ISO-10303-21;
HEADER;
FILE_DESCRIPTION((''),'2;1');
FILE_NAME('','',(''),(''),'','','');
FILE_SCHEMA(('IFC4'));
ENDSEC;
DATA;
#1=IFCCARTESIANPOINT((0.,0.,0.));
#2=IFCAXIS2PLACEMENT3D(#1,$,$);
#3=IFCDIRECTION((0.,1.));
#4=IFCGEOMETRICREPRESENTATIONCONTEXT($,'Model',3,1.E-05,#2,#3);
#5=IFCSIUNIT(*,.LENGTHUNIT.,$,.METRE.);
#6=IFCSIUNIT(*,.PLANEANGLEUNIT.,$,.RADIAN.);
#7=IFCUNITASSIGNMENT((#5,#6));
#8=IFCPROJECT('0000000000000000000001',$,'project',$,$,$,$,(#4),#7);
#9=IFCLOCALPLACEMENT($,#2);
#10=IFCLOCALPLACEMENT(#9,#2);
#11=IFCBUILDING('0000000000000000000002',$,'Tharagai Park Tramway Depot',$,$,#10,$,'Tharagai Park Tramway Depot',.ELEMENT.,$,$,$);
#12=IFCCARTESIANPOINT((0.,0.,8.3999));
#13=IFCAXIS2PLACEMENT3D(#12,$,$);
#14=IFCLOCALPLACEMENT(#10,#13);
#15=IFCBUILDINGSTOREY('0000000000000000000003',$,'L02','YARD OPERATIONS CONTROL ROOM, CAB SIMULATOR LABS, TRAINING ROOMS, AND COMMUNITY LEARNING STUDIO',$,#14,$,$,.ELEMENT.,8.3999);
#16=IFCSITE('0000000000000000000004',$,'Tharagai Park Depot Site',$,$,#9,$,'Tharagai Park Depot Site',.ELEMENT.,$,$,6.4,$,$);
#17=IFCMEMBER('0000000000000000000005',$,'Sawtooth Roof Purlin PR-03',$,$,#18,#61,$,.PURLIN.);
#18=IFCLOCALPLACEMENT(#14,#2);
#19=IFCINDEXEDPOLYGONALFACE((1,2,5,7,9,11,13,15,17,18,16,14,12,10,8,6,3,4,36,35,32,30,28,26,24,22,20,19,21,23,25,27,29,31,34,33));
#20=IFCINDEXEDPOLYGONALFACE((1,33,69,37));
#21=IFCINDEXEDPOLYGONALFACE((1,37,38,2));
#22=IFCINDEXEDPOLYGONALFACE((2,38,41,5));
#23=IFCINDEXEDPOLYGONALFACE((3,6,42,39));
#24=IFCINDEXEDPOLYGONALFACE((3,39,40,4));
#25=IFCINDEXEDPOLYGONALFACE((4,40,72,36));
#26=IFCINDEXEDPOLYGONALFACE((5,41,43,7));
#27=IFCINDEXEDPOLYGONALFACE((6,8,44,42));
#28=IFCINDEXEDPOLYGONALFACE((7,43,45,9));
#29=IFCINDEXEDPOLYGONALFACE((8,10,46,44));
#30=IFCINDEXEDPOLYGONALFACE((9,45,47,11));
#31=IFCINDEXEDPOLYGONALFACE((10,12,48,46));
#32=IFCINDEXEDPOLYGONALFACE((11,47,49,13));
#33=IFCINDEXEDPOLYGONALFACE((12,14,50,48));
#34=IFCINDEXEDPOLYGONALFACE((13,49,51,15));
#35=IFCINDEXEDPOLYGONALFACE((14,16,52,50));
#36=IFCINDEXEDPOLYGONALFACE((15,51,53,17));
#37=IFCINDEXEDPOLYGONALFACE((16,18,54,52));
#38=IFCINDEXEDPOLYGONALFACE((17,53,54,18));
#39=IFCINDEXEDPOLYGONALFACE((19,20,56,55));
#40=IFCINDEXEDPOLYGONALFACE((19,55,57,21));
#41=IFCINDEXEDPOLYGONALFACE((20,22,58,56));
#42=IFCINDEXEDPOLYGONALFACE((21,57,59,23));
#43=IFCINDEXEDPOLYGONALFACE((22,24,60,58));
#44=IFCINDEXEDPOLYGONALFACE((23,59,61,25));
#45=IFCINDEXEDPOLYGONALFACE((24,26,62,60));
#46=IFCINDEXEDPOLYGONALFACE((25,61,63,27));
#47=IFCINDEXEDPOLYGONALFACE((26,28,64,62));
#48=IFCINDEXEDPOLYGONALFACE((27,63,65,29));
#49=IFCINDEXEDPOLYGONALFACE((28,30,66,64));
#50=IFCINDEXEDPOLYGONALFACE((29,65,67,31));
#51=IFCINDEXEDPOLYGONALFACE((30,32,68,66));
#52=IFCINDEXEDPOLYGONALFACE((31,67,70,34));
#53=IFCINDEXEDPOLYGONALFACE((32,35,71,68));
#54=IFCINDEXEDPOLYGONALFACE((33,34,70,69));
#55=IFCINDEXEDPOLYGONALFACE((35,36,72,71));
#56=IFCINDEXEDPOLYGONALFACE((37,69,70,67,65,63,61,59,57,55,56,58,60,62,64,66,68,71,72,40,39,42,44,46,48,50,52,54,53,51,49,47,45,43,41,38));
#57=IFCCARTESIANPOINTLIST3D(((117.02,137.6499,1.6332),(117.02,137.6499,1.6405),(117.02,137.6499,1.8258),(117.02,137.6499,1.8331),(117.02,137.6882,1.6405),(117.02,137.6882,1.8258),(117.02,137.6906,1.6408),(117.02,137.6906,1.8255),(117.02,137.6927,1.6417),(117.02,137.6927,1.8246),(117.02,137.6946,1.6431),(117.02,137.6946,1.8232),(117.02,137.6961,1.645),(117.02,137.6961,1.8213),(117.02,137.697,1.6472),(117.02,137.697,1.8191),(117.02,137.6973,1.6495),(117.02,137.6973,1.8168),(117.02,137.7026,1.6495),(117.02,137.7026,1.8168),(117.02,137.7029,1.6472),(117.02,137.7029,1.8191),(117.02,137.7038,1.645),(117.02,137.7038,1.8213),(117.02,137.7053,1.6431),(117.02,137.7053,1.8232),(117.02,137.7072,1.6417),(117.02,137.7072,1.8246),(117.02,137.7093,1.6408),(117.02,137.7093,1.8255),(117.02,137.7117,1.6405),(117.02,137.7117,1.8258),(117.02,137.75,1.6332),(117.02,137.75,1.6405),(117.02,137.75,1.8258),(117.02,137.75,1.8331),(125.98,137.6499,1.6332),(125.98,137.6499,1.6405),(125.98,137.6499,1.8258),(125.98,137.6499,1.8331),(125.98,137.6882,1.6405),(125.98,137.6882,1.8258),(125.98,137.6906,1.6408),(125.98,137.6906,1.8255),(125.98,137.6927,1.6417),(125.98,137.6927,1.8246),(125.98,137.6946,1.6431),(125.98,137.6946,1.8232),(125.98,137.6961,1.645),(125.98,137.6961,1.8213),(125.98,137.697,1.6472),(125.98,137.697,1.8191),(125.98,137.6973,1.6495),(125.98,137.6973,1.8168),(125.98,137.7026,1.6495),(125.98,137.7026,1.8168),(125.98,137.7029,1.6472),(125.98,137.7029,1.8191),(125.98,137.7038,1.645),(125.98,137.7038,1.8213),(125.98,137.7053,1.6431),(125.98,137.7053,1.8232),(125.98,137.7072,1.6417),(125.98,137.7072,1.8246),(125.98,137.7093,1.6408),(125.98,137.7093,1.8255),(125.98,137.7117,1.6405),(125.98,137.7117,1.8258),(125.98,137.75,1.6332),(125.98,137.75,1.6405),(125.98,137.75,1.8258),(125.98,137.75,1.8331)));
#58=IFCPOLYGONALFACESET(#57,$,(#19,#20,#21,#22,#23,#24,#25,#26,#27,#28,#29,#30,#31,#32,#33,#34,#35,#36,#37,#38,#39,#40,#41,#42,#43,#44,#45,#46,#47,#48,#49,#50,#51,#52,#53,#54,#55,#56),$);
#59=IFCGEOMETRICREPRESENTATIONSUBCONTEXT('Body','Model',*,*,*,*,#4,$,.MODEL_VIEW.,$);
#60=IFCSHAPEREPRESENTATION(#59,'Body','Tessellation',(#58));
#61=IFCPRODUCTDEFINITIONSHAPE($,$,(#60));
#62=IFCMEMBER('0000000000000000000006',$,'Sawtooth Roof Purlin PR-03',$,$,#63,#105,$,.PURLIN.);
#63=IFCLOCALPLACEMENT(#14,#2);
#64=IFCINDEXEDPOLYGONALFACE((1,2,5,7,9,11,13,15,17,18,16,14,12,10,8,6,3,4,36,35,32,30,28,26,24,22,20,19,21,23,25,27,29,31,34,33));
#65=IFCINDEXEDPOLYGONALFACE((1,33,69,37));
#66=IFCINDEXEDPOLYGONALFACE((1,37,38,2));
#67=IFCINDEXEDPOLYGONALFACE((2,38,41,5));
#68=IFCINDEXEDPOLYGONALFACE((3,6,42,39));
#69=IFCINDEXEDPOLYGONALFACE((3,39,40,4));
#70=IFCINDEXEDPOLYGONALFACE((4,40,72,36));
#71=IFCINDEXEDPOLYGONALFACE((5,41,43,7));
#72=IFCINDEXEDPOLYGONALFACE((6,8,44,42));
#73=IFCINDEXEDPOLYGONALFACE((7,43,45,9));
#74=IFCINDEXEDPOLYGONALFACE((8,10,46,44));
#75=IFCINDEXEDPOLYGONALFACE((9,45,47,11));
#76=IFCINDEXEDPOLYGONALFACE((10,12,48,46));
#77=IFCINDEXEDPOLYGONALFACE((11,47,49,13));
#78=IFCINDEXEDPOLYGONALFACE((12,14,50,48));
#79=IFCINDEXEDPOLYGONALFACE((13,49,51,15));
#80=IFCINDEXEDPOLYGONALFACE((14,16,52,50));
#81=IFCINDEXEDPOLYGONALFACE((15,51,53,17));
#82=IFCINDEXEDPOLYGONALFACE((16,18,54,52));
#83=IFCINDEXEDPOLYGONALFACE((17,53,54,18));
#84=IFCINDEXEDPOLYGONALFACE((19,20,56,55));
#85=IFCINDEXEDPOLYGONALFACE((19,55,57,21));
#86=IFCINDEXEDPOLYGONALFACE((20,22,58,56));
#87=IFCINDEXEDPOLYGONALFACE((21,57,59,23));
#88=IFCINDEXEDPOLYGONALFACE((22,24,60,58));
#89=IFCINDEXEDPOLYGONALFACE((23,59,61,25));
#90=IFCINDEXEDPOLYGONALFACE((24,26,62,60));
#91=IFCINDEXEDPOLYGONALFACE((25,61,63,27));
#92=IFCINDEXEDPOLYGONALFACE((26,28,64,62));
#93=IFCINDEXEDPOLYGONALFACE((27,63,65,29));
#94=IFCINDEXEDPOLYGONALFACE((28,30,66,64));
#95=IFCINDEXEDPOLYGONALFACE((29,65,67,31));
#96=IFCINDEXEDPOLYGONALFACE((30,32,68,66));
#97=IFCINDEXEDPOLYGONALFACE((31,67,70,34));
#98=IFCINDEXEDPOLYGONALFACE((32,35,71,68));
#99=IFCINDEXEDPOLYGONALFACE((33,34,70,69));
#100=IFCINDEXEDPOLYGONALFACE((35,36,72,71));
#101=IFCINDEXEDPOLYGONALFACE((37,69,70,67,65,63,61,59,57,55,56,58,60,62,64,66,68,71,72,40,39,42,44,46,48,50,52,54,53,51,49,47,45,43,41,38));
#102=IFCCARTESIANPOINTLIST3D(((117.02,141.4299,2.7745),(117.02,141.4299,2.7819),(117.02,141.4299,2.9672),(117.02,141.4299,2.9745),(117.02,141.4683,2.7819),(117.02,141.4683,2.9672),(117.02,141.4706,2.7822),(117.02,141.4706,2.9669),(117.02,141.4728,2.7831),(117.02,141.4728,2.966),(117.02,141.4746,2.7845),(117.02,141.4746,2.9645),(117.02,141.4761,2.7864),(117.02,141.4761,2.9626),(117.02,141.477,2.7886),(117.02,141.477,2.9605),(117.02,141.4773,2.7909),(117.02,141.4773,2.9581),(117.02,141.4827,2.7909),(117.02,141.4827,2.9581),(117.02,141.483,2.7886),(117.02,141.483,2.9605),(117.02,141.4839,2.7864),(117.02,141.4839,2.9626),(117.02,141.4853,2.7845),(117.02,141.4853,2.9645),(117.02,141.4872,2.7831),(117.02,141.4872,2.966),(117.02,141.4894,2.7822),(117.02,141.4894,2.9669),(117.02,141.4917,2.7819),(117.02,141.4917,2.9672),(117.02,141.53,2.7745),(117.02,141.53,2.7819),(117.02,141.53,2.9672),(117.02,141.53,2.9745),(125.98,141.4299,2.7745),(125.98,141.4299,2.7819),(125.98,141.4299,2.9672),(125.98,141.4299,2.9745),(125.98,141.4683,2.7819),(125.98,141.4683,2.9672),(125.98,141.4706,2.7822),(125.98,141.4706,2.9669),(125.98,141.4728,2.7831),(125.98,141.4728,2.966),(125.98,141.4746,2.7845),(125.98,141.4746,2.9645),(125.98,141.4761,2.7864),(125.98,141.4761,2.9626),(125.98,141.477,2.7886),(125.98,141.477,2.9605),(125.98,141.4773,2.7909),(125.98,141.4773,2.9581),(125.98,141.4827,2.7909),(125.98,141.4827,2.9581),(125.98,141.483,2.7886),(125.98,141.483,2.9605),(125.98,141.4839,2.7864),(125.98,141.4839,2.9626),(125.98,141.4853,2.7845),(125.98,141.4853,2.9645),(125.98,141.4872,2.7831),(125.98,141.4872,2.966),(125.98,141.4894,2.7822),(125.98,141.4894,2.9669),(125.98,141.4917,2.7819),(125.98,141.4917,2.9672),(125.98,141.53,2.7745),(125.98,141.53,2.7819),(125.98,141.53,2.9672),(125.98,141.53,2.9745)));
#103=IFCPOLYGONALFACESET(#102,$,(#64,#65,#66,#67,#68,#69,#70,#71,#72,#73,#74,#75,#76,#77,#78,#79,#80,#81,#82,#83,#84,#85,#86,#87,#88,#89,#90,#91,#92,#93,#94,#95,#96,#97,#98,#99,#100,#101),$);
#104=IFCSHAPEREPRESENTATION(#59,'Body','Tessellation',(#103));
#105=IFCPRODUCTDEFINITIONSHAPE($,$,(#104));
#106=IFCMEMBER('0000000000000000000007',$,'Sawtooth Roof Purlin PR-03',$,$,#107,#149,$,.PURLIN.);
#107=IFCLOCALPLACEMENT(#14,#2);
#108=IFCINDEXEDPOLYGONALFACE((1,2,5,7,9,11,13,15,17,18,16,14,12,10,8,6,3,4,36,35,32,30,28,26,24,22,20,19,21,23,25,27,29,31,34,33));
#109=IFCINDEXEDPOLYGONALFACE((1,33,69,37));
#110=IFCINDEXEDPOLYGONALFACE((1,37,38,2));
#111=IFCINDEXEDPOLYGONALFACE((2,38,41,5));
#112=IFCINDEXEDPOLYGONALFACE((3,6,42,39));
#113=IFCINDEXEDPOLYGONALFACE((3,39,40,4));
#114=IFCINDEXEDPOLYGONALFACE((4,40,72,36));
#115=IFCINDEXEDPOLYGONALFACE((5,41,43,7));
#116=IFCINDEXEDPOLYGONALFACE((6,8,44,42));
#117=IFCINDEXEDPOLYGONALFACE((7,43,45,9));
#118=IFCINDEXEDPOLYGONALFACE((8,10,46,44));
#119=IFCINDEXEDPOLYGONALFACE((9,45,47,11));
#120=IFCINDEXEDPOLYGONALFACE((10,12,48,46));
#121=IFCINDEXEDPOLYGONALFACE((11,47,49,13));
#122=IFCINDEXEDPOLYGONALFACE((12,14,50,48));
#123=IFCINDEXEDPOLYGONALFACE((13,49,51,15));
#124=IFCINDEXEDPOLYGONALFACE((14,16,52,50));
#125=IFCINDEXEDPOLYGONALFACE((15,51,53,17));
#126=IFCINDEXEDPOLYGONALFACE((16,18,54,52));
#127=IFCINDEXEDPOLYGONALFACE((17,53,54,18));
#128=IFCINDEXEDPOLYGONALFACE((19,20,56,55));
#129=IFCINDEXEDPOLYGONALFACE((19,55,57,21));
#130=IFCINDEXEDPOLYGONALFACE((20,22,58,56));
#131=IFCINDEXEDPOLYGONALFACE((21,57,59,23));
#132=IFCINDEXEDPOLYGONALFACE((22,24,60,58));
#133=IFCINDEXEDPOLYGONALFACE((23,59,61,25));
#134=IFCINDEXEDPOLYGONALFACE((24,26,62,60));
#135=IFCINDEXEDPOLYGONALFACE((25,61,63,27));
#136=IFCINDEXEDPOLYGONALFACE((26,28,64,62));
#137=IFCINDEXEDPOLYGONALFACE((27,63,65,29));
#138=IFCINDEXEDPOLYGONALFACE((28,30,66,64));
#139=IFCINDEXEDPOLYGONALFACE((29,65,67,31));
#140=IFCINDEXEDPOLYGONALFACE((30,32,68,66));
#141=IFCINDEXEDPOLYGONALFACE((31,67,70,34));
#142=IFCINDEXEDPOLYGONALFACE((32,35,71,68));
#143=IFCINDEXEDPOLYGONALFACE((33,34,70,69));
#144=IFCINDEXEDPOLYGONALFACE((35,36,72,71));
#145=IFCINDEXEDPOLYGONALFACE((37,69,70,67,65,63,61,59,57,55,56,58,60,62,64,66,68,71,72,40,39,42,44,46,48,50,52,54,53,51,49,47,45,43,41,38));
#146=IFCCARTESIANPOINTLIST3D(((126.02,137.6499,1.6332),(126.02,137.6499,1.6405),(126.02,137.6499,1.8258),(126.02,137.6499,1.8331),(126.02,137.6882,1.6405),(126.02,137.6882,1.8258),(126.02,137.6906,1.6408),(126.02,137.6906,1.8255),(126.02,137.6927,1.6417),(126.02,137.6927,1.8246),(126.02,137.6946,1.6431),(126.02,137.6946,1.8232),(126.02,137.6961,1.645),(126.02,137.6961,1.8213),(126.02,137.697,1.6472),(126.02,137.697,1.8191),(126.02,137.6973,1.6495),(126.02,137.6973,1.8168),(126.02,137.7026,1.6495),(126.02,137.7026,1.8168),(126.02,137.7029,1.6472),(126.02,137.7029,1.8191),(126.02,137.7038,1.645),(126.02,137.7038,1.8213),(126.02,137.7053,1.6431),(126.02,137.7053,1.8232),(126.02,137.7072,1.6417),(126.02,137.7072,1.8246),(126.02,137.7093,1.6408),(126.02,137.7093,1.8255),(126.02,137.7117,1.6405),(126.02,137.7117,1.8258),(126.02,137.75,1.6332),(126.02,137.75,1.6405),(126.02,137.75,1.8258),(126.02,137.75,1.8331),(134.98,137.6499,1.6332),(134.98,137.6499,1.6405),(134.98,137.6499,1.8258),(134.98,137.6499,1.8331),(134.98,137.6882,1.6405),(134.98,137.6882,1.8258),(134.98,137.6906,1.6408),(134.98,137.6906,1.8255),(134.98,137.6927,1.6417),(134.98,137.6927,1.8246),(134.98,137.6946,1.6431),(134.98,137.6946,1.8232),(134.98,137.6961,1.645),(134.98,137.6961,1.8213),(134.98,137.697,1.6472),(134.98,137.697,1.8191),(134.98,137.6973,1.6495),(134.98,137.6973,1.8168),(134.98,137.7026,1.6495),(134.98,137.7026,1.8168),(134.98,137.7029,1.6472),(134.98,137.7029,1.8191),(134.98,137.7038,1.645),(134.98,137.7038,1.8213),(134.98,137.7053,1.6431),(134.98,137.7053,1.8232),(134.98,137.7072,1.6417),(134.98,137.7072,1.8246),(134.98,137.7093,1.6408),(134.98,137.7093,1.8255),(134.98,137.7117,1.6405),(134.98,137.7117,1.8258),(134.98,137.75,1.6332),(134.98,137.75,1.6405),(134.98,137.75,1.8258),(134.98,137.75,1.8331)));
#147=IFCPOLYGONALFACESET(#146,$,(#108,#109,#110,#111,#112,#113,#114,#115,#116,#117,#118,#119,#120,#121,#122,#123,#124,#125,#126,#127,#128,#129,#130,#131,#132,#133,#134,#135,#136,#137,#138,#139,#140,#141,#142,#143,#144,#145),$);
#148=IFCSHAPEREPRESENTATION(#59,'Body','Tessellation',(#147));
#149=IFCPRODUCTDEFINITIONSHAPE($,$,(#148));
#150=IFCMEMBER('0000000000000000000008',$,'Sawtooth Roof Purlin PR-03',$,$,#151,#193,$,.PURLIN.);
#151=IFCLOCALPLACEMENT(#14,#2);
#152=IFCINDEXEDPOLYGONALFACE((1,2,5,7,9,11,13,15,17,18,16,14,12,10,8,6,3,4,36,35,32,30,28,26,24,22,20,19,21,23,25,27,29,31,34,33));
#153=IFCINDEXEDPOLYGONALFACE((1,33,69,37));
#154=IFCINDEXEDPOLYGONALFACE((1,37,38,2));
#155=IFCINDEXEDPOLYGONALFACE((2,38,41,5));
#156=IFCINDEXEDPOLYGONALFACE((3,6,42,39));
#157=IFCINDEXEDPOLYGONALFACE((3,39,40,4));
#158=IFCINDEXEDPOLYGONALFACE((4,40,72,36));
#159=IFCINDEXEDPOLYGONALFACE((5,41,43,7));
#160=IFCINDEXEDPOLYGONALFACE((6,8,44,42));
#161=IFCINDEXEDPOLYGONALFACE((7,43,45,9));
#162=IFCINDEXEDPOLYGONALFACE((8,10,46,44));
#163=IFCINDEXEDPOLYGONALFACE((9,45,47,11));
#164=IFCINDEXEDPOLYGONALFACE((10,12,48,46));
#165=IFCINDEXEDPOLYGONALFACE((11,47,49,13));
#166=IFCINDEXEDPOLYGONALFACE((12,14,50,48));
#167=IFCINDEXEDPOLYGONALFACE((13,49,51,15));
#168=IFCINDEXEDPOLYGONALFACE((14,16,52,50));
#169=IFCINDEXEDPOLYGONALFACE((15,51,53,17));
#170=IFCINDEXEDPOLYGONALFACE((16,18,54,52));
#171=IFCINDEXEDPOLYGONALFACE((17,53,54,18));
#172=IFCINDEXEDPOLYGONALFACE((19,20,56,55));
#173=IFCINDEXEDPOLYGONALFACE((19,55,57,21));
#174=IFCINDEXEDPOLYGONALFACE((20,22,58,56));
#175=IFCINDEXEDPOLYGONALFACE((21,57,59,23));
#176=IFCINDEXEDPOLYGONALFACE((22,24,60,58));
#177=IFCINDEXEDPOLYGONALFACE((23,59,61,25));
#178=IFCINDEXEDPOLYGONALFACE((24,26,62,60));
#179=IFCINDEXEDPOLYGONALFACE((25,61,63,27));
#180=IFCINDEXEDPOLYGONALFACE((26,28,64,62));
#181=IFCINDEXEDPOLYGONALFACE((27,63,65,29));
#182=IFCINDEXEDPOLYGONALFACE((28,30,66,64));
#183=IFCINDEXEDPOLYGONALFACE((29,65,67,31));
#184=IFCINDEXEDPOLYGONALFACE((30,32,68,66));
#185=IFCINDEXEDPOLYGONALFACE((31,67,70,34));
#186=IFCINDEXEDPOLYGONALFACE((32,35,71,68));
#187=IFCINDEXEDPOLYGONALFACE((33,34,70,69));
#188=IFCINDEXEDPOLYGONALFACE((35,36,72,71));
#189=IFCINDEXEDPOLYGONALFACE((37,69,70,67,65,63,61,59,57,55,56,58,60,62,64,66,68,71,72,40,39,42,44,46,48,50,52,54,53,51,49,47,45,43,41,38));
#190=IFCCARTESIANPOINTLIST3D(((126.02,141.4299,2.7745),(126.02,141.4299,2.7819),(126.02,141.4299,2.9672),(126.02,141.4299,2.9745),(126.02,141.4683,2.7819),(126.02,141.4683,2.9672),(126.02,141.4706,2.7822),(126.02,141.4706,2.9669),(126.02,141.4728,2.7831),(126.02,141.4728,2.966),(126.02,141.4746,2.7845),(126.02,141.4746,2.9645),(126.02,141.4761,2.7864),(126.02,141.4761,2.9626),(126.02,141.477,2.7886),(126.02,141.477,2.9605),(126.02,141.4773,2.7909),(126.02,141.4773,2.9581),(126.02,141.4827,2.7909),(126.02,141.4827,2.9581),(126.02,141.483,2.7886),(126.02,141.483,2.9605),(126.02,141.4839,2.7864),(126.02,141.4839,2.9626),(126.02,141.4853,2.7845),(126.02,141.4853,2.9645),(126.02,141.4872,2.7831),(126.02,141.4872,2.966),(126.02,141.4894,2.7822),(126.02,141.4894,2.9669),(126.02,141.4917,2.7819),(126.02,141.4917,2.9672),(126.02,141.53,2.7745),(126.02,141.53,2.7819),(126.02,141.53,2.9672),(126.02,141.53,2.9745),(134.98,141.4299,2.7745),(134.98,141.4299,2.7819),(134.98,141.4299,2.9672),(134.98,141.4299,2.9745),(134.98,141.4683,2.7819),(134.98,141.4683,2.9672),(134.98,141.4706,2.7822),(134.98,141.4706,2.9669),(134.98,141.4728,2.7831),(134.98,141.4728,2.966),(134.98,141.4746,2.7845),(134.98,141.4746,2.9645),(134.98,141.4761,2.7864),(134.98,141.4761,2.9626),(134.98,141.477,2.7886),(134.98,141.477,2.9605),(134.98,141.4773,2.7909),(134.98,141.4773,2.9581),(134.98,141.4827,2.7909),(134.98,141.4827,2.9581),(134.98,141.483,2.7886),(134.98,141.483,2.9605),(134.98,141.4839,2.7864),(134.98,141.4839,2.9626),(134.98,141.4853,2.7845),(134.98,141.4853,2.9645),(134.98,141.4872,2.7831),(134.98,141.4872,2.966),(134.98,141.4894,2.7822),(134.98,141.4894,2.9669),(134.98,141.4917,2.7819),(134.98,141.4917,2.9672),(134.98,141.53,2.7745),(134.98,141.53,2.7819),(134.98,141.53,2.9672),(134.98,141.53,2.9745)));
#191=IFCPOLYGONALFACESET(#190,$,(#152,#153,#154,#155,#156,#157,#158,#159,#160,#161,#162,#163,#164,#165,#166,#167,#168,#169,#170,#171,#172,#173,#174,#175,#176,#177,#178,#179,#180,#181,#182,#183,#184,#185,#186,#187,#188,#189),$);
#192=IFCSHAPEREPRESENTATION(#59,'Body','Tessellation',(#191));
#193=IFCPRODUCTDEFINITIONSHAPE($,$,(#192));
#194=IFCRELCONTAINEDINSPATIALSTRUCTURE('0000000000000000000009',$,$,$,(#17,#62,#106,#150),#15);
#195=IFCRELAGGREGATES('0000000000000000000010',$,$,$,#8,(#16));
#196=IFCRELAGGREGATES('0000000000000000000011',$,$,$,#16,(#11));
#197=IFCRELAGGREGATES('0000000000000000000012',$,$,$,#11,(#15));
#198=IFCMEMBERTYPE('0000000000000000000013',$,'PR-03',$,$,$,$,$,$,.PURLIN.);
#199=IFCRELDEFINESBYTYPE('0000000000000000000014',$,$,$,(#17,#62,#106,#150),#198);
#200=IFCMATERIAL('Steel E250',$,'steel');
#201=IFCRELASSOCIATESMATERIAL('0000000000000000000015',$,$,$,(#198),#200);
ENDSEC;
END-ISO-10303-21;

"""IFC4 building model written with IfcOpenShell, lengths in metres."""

from ifc_helpers import new_model, si_unit, direction, frame, origin, origin_2d, place, context, subcontext, project, spatial, i_section, extrude, material, material_profile, profile_set, type_object, element, save


model = new_model("IFC4")

# Units and contexts
model_context = context("Model", 3, precision=1e-05, world=origin(), true_north=direction((0.0, 1.0)))
body_context = subcontext(model_context, "Body", "Model", "MODEL_VIEW")
ifc_project = project(units=[si_unit("LENGTHUNIT", "METRE"), si_unit("PLANEANGLEUNIT", "RADIAN")], contexts=[model_context])

# Site, building, storey
site_placement = place(None, origin())
site = spatial("IfcSite", under=ifc_project, at=site_placement, Name="Tharagai Park Depot Site", LongName="Tharagai Park Depot Site", CompositionType="ELEMENT", RefElevation=6.4)
building_placement = place(site_placement, origin())
building = spatial("IfcBuilding", under=site, at=building_placement, Name="Tharagai Park Tramway Depot", LongName="Tharagai Park Tramway Depot", CompositionType="ELEMENT")
storey_placement = place(building_placement, frame((0.0, 0.0, 8.3999)))
storey = spatial("IfcBuildingStorey", under=building, at=storey_placement, Name="L02", Description="YARD OPERATIONS CONTROL ROOM, CAB SIMULATOR LABS, TRAINING ROOMS, AND COMMUNITY LEARNING STUDIO", CompositionType="ELEMENT", Elevation=8.3999)

# Members
ifc_material_1 = material(Name="Steel E250", Category="steel")
ifc_material_profile_1 = material_profile(ifc_material_1, i_section(OverallWidth=0.1001, OverallDepth=0.2, WebThickness=0.0054, FlangeThickness=0.0073, FilletRadius=0.009, at=origin_2d()), Name="ISLB 200")
ifc_profile_set_1 = profile_set([ifc_material_profile_1], Name="Steel E250")
member_type_1 = type_object("IfcMemberType", Name="PR-03", PredefinedType="PURLIN", material=ifc_profile_set_1)
for number, where, z_axis, x_axis, name in (
    (1, (117.02, 137.7, 1.7332), (1.0, 0.0, 0.0), (0.0, 1.0, 0.0), "Sawtooth Roof Purlin PR-03"),
    (2, (117.02, 141.48, 2.8745), (1.0, 0.0, 0.0), (0.0, 1.0, 0.0), "Sawtooth Roof Purlin PR-03"),
    (3, (126.02, 137.7, 1.7332), (1.0, 0.0, 0.0), (0.0, 1.0, 0.0), "Sawtooth Roof Purlin PR-03"),
    (4, (126.02, 141.48, 2.8745), (1.0, 0.0, 0.0), (0.0, 1.0, 0.0), "Sawtooth Roof Purlin PR-03"),
):
    element("IfcMember", number, at=place(storey_placement, frame(where, z_axis=z_axis, x_axis=x_axis)), inside=storey, type_object=member_type_1, Name=name, PredefinedType="PURLIN", context=body_context, shape_type="SweptSolid", body=[
        extrude(i_section(OverallWidth=0.1001, OverallDepth=0.2, WebThickness=0.0054, FlangeThickness=0.0073, FilletRadius=0.009, at=origin_2d()), origin(), (0.0, 0.0, 1.0), 8.96),
    ])

save(model, "model.ifc")
